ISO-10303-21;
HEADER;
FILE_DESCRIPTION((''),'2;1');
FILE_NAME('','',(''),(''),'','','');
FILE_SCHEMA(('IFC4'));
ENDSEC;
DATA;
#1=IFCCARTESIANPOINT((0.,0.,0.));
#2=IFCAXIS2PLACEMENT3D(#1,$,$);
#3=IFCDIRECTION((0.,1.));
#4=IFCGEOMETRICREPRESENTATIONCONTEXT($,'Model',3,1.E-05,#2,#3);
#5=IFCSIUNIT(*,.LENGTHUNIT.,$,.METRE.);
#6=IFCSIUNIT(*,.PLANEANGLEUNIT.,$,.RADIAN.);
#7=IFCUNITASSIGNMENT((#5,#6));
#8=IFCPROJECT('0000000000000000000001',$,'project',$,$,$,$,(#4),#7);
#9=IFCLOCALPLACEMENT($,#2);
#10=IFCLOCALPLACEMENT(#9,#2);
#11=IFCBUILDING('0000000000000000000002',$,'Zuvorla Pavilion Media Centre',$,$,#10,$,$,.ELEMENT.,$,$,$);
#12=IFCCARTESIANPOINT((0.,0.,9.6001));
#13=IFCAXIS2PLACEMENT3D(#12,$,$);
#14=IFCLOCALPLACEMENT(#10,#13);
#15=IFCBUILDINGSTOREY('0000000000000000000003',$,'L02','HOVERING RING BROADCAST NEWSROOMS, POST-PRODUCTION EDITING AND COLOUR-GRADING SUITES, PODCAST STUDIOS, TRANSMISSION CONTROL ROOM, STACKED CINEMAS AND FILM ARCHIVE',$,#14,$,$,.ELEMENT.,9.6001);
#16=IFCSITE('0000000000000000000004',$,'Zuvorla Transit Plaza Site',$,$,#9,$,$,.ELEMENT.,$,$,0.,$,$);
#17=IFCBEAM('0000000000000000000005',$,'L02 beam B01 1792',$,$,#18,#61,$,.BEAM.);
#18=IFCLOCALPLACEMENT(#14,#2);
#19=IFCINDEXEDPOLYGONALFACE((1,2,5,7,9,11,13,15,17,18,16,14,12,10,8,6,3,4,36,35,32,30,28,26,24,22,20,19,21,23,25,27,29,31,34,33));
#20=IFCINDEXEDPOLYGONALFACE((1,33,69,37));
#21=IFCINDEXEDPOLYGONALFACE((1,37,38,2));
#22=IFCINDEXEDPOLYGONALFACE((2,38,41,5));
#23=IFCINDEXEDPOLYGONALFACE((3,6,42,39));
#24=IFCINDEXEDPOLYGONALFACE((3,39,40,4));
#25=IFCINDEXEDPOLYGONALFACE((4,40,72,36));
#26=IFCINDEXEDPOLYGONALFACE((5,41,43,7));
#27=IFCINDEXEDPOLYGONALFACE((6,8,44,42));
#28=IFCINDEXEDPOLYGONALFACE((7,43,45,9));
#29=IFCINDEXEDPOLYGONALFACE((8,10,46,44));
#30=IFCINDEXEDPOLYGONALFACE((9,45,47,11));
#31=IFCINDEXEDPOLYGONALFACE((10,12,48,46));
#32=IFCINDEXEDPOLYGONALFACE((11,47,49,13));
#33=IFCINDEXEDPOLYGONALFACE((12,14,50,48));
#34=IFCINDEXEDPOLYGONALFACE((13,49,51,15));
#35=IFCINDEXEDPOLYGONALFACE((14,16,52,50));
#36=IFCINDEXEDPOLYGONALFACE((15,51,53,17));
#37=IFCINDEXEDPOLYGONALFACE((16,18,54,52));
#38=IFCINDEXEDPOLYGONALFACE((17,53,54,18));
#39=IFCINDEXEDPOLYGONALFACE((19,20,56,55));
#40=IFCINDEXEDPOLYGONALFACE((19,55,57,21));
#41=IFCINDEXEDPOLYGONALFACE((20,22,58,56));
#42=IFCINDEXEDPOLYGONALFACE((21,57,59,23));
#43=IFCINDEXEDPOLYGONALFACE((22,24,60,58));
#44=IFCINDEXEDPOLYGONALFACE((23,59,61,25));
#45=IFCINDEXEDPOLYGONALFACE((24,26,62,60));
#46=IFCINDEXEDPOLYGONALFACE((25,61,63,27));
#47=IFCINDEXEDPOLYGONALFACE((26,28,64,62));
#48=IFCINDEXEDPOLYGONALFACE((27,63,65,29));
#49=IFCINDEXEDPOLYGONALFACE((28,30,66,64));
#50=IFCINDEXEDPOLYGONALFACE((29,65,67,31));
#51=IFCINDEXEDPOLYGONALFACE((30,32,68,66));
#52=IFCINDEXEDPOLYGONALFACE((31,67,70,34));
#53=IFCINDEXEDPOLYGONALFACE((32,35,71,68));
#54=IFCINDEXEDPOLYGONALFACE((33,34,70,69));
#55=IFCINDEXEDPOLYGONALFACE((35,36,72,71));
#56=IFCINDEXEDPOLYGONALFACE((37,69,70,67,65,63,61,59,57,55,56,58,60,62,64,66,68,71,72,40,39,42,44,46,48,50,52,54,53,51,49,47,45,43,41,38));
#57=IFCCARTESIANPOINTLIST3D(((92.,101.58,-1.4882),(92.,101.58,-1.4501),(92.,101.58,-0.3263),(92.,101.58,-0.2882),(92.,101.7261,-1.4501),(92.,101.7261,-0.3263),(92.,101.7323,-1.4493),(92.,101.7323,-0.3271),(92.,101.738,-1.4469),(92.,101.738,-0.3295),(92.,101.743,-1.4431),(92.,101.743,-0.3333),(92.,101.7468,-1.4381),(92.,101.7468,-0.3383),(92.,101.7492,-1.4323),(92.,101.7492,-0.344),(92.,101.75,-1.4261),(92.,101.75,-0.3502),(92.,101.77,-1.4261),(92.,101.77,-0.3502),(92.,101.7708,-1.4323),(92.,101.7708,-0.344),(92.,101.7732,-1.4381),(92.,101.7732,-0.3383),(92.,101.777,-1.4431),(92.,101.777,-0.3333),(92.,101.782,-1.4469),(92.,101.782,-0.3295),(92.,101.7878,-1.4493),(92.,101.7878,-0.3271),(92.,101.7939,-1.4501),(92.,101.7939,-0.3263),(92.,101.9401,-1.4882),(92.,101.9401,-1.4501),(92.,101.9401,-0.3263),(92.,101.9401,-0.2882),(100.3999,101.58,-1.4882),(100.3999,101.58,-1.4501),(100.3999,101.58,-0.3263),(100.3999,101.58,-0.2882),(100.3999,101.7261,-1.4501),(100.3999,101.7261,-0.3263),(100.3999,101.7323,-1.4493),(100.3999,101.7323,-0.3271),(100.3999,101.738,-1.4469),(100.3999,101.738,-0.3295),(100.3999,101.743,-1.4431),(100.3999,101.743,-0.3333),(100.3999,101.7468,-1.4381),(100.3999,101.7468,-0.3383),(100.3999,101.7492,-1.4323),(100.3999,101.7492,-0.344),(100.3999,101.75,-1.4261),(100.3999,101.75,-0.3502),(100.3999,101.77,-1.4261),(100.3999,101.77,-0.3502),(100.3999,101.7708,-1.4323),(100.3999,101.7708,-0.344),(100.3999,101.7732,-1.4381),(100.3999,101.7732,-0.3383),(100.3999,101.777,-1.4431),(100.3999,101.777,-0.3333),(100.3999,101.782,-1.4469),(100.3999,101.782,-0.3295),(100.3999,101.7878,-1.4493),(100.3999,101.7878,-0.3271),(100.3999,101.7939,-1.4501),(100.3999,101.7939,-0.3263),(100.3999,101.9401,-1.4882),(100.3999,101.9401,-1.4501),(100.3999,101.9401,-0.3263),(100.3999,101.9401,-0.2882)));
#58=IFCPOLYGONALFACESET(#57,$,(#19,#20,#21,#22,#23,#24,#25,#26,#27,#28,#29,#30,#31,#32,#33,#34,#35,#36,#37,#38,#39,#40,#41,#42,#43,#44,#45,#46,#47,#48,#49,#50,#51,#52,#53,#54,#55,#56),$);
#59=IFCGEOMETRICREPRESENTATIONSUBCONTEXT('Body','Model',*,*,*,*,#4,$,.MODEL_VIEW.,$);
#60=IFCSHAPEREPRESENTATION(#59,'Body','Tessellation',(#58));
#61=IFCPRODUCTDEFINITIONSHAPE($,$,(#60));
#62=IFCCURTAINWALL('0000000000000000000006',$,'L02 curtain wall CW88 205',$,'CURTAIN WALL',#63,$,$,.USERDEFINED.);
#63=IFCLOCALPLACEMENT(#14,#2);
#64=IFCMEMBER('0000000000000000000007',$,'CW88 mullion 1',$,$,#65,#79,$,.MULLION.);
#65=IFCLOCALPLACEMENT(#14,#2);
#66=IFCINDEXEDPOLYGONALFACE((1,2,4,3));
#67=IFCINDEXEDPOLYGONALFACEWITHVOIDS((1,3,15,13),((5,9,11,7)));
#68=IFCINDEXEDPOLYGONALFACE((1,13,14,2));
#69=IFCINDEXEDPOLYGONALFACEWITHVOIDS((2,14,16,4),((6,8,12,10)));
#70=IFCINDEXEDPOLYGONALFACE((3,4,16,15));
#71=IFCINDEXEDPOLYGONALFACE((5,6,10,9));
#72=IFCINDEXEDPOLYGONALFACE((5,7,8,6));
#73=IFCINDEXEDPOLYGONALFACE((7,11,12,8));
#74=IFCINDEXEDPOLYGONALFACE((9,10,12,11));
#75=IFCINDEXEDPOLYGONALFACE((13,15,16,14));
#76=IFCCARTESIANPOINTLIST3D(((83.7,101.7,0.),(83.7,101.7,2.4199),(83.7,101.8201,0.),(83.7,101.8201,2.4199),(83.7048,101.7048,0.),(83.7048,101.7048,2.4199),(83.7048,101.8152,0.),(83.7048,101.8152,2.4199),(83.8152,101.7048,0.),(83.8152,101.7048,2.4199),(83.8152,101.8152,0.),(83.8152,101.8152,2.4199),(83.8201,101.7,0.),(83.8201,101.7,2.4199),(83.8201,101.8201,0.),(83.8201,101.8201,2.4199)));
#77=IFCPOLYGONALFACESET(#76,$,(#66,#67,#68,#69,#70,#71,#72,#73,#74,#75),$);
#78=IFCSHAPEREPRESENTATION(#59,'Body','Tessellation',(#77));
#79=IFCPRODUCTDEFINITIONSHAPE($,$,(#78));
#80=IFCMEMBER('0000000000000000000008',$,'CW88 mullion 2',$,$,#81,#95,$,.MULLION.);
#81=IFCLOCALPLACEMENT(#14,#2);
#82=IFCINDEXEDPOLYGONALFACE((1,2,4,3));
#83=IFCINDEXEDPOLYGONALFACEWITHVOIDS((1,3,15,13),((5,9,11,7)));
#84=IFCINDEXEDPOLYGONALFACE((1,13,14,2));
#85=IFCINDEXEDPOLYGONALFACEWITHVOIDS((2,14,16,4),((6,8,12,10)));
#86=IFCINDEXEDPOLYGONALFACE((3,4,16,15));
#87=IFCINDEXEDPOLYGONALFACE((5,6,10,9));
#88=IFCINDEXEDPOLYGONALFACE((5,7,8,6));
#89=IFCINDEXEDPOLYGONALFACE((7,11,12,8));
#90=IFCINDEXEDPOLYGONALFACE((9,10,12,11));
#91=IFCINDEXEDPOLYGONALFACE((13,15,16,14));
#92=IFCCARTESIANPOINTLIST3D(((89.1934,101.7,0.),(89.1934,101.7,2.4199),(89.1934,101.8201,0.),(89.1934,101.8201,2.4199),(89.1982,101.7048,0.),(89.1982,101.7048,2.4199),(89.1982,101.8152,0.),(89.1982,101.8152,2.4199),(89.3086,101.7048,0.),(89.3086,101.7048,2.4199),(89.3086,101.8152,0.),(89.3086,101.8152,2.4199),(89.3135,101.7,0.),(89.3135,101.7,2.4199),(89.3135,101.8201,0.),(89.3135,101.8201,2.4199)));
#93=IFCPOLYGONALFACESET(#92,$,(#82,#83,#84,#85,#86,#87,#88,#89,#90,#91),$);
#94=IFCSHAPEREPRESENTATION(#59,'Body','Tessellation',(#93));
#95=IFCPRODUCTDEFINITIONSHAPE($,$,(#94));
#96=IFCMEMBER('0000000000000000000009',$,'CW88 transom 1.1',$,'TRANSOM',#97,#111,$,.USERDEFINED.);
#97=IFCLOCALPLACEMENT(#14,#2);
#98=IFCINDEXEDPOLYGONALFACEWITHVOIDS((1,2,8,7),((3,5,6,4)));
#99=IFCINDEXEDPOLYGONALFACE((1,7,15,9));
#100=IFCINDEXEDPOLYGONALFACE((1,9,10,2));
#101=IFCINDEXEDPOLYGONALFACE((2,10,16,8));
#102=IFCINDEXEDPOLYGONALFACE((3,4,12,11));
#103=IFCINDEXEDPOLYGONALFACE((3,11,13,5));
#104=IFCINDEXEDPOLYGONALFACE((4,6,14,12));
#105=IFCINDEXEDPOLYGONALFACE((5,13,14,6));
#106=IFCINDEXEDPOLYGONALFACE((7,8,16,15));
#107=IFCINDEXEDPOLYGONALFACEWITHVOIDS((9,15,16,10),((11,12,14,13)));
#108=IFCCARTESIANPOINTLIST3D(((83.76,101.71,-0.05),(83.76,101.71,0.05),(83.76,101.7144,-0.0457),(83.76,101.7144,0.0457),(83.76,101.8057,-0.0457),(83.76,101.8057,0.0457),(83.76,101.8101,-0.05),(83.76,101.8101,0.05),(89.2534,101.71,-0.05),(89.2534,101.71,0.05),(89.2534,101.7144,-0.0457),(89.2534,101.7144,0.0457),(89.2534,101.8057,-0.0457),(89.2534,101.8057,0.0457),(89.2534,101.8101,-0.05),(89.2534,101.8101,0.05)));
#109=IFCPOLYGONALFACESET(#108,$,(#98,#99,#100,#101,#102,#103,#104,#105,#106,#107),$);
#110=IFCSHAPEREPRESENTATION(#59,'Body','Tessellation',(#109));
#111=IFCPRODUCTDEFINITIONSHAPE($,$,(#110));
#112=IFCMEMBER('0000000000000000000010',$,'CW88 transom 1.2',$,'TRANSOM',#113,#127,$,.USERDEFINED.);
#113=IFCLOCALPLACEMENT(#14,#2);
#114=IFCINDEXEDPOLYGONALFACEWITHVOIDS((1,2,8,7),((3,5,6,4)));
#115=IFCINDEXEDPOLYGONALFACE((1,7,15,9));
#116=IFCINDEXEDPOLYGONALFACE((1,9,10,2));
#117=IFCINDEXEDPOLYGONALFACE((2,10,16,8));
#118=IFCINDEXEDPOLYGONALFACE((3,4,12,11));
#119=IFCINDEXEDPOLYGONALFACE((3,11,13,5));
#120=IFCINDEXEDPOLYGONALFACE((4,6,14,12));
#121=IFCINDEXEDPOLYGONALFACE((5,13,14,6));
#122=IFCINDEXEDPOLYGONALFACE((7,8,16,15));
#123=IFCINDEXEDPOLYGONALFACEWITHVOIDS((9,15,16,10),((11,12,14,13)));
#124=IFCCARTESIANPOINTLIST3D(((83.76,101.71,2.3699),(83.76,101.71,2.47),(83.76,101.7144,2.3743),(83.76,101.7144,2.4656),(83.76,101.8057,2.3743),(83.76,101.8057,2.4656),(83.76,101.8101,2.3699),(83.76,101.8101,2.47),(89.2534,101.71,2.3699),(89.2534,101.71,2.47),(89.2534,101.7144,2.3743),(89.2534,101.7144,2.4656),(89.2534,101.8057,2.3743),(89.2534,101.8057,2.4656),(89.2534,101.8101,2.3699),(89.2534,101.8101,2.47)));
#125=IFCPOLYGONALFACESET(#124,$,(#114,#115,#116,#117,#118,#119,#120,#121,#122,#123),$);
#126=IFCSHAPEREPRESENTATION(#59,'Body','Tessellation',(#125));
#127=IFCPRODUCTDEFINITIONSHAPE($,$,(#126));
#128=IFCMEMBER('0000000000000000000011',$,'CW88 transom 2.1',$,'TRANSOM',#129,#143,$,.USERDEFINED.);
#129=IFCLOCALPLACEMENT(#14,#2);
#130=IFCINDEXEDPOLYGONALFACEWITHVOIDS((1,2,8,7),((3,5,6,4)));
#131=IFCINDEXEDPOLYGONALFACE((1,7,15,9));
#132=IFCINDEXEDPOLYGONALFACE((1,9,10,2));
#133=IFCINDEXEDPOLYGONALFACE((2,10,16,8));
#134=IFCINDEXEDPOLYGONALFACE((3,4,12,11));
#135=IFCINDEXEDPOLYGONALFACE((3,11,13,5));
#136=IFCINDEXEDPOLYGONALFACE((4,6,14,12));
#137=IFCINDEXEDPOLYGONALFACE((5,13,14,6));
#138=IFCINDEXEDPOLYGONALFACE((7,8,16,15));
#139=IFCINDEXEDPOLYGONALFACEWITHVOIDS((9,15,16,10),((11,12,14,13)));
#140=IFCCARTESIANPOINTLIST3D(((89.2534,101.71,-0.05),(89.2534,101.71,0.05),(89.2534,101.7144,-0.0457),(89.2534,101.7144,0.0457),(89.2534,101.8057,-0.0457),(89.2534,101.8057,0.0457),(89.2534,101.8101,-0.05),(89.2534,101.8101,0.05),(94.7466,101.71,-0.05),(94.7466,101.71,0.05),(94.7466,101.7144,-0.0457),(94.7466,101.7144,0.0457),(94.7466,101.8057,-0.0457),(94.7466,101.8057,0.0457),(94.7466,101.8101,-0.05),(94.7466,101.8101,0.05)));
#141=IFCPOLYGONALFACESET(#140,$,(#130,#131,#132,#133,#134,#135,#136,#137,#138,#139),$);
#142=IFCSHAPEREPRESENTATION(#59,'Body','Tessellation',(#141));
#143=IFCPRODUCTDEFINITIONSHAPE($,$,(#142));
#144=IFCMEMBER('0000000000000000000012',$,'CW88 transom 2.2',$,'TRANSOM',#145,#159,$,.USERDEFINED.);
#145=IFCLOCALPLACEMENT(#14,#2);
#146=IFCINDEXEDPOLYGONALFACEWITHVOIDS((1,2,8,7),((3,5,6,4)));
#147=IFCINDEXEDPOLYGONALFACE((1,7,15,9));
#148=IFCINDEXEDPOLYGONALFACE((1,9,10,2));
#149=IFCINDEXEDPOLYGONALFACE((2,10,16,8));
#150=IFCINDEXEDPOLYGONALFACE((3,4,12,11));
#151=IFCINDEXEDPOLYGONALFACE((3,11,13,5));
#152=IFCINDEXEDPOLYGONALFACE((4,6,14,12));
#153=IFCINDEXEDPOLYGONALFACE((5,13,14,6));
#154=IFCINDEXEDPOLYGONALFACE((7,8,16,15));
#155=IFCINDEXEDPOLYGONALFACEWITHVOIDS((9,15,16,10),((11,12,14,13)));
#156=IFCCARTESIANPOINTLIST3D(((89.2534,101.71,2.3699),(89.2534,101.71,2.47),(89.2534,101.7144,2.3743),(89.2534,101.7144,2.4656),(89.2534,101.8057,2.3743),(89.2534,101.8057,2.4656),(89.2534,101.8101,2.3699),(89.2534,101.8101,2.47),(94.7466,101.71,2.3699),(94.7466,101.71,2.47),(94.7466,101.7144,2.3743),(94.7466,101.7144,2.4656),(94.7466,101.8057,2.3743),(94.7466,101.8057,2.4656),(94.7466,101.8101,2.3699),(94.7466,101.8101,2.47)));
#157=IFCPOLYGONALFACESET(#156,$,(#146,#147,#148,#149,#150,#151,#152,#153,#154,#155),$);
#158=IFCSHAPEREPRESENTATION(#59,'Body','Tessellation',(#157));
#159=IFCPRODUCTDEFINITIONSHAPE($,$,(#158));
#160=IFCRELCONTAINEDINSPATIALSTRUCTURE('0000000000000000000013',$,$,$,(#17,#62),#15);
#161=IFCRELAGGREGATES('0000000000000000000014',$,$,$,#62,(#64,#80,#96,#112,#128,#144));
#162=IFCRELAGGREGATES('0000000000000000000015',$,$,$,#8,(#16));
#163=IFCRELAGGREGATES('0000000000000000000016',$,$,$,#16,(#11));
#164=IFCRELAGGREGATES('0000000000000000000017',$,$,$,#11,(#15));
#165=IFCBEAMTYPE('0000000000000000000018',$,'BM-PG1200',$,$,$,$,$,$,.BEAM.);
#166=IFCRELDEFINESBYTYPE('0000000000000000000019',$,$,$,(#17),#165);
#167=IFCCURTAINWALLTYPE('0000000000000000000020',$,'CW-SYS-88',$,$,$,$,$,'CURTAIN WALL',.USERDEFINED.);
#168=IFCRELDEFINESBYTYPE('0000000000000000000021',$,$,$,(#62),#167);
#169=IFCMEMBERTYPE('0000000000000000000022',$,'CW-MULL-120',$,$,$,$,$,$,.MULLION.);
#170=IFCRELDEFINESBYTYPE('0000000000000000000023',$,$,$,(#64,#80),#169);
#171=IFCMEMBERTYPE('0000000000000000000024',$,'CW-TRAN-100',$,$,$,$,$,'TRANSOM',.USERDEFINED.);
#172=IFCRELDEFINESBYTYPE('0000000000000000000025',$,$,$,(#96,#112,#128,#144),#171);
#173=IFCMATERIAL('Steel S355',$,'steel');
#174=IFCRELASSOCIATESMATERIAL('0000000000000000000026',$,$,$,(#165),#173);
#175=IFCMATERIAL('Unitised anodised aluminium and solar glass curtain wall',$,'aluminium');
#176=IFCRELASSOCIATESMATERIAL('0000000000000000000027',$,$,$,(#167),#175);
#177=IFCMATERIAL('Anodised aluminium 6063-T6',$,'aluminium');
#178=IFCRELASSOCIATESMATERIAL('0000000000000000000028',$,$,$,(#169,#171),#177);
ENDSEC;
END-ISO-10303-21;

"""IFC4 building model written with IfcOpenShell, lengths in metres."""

from ifc_helpers import new_model, si_unit, direction, frame, origin, origin_2d, place, context, subcontext, project, spatial, hollow_rectangle, i_section, extrude, material, material_profile, profile_set, type_object, element, aggregate, save


model = new_model("IFC4")

# Units and contexts
model_context = context("Model", 3, precision=1e-05, world=origin(), true_north=direction((0.0, 1.0)))
body_context = subcontext(model_context, "Body", "Model", "MODEL_VIEW")
ifc_project = project(units=[si_unit("LENGTHUNIT", "METRE"), si_unit("PLANEANGLEUNIT", "RADIAN")], contexts=[model_context])

# Site, building, storey
site_placement = place(None, origin())
site = spatial("IfcSite", under=ifc_project, at=site_placement, Name="Zuvorla Transit Plaza Site", CompositionType="ELEMENT", RefElevation=0.0)
building_placement = place(site_placement, origin())
building = spatial("IfcBuilding", under=site, at=building_placement, Name="Zuvorla Pavilion Media Centre", CompositionType="ELEMENT")
storey_placement = place(building_placement, frame((0.0, 0.0, 9.6001)))
storey = spatial("IfcBuildingStorey", under=building, at=storey_placement, Name="L02", Description="HOVERING RING BROADCAST NEWSROOMS, POST-PRODUCTION EDITING AND COLOUR-GRADING SUITES, PODCAST STUDIOS, TRANSMISSION CONTROL ROOM, STACKED CINEMAS AND FILM ARCHIVE", CompositionType="ELEMENT", Elevation=9.6001)

# Beam
ifc_material_1 = material(Name="Steel S355", Category="steel")
ifc_material_profile_1 = material_profile(ifc_material_1, i_section(OverallWidth=0.3601, OverallDepth=1.2, WebThickness=0.02, FlangeThickness=0.0381, FilletRadius=0.0239, at=origin_2d()), Name="PG 1200x360x38")
ifc_profile_set_1 = profile_set([ifc_material_profile_1], Name="Steel S355")
beam_type = type_object("IfcBeamType", Name="BM-PG1200", PredefinedType="BEAM", material=ifc_profile_set_1)
beam_placement = place(storey_placement, frame((92.0, 101.76, -0.8882), z_axis=(1.0, 0.0, 0.0), x_axis=(0.0, 1.0, 0.0)))
element("IfcBeam", 1, at=beam_placement, inside=storey, type_object=beam_type, Name="L02 beam B01 1792", PredefinedType="BEAM", context=body_context, shape_type="SweptSolid", body=[
    extrude(i_section(OverallWidth=0.3601, OverallDepth=1.2, WebThickness=0.02, FlangeThickness=0.0381, FilletRadius=0.0239, at=origin_2d()), origin(), (0.0, 0.0, 1.0), 8.3999),
])

# Curtain wall, members
ifc_material_2 = material(Name="Unitised anodised aluminium and solar glass curtain wall", Category="aluminium")
curtain_wall_type = type_object("IfcCurtainWallType", Name="CW-SYS-88", ElementType="CURTAIN WALL", PredefinedType="USERDEFINED", material=ifc_material_2)
curtain_wall_1_placement = place(storey_placement, origin())
curtain_wall_1 = element("IfcCurtainWall", 2, at=curtain_wall_1_placement, inside=storey, type_object=curtain_wall_type, Name="L02 curtain wall CW88 205", ObjectType="CURTAIN WALL", PredefinedType="USERDEFINED")
ifc_material_3 = material(Name="Anodised aluminium 6063-T6", Category="aluminium")
ifc_material_profile_2 = material_profile(ifc_material_3, hollow_rectangle(XDim=0.1201, YDim=0.1201, WallThickness=0.0049, at=origin_2d()), Name="ALU MULL 120x120")
ifc_profile_set_2 = profile_set([ifc_material_profile_2], Name="Anodised aluminium 6063-T6")
member_type_1 = type_object("IfcMemberType", Name="CW-MULL-120", PredefinedType="MULLION", material=ifc_profile_set_2)
member_1_placement = place(storey_placement, frame((83.76, 101.76, 0.0), z_axis=(0.0, 0.0, 1.0), x_axis=(1.0, 0.0, 0.0)))
member_1 = element("IfcMember", 3, at=member_1_placement, type_object=member_type_1, Name="CW88 mullion 1", PredefinedType="MULLION", context=body_context, shape_type="SweptSolid", body=[
    extrude(hollow_rectangle(XDim=0.1201, YDim=0.1201, WallThickness=0.0049, at=origin_2d()), origin(), (0.0, 0.0, 1.0), 2.4199),
])
member_2_placement = place(storey_placement, frame((89.2534, 101.76, 0.0), z_axis=(0.0, 0.0, 1.0), x_axis=(1.0, 0.0, 0.0)))
member_2 = element("IfcMember", 4, at=member_2_placement, type_object=member_type_1, Name="CW88 mullion 2", PredefinedType="MULLION", context=body_context, shape_type="SweptSolid", body=[
    extrude(hollow_rectangle(XDim=0.1201, YDim=0.1201, WallThickness=0.0049, at=origin_2d()), origin(), (0.0, 0.0, 1.0), 2.4199),
])
ifc_material_profile_3 = material_profile(ifc_material_3, hollow_rectangle(XDim=0.1001, YDim=0.1001, WallThickness=0.0044, at=origin_2d()), Name="ALU TRAN 100x100")
ifc_profile_set_3 = profile_set([ifc_material_profile_3], Name="Anodised aluminium 6063-T6")
member_type_2 = type_object("IfcMemberType", Name="CW-TRAN-100", ElementType="TRANSOM", PredefinedType="USERDEFINED", material=ifc_profile_set_3)
member_3_placement = place(storey_placement, frame((83.76, 101.76, 0.0), z_axis=(1.0, 0.0, 0.0), x_axis=(0.0, 1.0, 0.0)))
member_3 = element("IfcMember", 5, at=member_3_placement, type_object=member_type_2, Name="CW88 transom 1.1", ObjectType="TRANSOM", PredefinedType="USERDEFINED", context=body_context, shape_type="SweptSolid", body=[
    extrude(hollow_rectangle(XDim=0.1001, YDim=0.1001, WallThickness=0.0044, at=origin_2d()), origin(), (0.0, 0.0, 1.0), 5.4934),
])
member_4_placement = place(storey_placement, frame((83.76, 101.76, 2.4199), z_axis=(1.0, 0.0, 0.0), x_axis=(0.0, 1.0, 0.0)))
member_4 = element("IfcMember", 6, at=member_4_placement, type_object=member_type_2, Name="CW88 transom 1.2", ObjectType="TRANSOM", PredefinedType="USERDEFINED", context=body_context, shape_type="SweptSolid", body=[
    extrude(hollow_rectangle(XDim=0.1001, YDim=0.1001, WallThickness=0.0044, at=origin_2d()), origin(), (0.0, 0.0, 1.0), 5.4934),
])
member_5_placement = place(storey_placement, frame((89.2534, 101.76, 0.0), z_axis=(1.0, 0.0, 0.0), x_axis=(0.0, 1.0, 0.0)))
member_5 = element("IfcMember", 7, at=member_5_placement, type_object=member_type_2, Name="CW88 transom 2.1", ObjectType="TRANSOM", PredefinedType="USERDEFINED", context=body_context, shape_type="SweptSolid", body=[
    extrude(hollow_rectangle(XDim=0.1001, YDim=0.1001, WallThickness=0.0044, at=origin_2d()), origin(), (0.0, 0.0, 1.0), 5.4932),
])
member_6_placement = place(storey_placement, frame((89.2534, 101.76, 2.4199), z_axis=(1.0, 0.0, 0.0), x_axis=(0.0, 1.0, 0.0)))
member_6 = element("IfcMember", 8, at=member_6_placement, type_object=member_type_2, Name="CW88 transom 2.2", ObjectType="TRANSOM", PredefinedType="USERDEFINED", context=body_context, shape_type="SweptSolid", body=[
    extrude(hollow_rectangle(XDim=0.1001, YDim=0.1001, WallThickness=0.0044, at=origin_2d()), origin(), (0.0, 0.0, 1.0), 5.4932),
])

aggregate(curtain_wall_1, [member_1, member_2, member_3, member_4, member_5, member_6])

save(model, "model.ifc")
